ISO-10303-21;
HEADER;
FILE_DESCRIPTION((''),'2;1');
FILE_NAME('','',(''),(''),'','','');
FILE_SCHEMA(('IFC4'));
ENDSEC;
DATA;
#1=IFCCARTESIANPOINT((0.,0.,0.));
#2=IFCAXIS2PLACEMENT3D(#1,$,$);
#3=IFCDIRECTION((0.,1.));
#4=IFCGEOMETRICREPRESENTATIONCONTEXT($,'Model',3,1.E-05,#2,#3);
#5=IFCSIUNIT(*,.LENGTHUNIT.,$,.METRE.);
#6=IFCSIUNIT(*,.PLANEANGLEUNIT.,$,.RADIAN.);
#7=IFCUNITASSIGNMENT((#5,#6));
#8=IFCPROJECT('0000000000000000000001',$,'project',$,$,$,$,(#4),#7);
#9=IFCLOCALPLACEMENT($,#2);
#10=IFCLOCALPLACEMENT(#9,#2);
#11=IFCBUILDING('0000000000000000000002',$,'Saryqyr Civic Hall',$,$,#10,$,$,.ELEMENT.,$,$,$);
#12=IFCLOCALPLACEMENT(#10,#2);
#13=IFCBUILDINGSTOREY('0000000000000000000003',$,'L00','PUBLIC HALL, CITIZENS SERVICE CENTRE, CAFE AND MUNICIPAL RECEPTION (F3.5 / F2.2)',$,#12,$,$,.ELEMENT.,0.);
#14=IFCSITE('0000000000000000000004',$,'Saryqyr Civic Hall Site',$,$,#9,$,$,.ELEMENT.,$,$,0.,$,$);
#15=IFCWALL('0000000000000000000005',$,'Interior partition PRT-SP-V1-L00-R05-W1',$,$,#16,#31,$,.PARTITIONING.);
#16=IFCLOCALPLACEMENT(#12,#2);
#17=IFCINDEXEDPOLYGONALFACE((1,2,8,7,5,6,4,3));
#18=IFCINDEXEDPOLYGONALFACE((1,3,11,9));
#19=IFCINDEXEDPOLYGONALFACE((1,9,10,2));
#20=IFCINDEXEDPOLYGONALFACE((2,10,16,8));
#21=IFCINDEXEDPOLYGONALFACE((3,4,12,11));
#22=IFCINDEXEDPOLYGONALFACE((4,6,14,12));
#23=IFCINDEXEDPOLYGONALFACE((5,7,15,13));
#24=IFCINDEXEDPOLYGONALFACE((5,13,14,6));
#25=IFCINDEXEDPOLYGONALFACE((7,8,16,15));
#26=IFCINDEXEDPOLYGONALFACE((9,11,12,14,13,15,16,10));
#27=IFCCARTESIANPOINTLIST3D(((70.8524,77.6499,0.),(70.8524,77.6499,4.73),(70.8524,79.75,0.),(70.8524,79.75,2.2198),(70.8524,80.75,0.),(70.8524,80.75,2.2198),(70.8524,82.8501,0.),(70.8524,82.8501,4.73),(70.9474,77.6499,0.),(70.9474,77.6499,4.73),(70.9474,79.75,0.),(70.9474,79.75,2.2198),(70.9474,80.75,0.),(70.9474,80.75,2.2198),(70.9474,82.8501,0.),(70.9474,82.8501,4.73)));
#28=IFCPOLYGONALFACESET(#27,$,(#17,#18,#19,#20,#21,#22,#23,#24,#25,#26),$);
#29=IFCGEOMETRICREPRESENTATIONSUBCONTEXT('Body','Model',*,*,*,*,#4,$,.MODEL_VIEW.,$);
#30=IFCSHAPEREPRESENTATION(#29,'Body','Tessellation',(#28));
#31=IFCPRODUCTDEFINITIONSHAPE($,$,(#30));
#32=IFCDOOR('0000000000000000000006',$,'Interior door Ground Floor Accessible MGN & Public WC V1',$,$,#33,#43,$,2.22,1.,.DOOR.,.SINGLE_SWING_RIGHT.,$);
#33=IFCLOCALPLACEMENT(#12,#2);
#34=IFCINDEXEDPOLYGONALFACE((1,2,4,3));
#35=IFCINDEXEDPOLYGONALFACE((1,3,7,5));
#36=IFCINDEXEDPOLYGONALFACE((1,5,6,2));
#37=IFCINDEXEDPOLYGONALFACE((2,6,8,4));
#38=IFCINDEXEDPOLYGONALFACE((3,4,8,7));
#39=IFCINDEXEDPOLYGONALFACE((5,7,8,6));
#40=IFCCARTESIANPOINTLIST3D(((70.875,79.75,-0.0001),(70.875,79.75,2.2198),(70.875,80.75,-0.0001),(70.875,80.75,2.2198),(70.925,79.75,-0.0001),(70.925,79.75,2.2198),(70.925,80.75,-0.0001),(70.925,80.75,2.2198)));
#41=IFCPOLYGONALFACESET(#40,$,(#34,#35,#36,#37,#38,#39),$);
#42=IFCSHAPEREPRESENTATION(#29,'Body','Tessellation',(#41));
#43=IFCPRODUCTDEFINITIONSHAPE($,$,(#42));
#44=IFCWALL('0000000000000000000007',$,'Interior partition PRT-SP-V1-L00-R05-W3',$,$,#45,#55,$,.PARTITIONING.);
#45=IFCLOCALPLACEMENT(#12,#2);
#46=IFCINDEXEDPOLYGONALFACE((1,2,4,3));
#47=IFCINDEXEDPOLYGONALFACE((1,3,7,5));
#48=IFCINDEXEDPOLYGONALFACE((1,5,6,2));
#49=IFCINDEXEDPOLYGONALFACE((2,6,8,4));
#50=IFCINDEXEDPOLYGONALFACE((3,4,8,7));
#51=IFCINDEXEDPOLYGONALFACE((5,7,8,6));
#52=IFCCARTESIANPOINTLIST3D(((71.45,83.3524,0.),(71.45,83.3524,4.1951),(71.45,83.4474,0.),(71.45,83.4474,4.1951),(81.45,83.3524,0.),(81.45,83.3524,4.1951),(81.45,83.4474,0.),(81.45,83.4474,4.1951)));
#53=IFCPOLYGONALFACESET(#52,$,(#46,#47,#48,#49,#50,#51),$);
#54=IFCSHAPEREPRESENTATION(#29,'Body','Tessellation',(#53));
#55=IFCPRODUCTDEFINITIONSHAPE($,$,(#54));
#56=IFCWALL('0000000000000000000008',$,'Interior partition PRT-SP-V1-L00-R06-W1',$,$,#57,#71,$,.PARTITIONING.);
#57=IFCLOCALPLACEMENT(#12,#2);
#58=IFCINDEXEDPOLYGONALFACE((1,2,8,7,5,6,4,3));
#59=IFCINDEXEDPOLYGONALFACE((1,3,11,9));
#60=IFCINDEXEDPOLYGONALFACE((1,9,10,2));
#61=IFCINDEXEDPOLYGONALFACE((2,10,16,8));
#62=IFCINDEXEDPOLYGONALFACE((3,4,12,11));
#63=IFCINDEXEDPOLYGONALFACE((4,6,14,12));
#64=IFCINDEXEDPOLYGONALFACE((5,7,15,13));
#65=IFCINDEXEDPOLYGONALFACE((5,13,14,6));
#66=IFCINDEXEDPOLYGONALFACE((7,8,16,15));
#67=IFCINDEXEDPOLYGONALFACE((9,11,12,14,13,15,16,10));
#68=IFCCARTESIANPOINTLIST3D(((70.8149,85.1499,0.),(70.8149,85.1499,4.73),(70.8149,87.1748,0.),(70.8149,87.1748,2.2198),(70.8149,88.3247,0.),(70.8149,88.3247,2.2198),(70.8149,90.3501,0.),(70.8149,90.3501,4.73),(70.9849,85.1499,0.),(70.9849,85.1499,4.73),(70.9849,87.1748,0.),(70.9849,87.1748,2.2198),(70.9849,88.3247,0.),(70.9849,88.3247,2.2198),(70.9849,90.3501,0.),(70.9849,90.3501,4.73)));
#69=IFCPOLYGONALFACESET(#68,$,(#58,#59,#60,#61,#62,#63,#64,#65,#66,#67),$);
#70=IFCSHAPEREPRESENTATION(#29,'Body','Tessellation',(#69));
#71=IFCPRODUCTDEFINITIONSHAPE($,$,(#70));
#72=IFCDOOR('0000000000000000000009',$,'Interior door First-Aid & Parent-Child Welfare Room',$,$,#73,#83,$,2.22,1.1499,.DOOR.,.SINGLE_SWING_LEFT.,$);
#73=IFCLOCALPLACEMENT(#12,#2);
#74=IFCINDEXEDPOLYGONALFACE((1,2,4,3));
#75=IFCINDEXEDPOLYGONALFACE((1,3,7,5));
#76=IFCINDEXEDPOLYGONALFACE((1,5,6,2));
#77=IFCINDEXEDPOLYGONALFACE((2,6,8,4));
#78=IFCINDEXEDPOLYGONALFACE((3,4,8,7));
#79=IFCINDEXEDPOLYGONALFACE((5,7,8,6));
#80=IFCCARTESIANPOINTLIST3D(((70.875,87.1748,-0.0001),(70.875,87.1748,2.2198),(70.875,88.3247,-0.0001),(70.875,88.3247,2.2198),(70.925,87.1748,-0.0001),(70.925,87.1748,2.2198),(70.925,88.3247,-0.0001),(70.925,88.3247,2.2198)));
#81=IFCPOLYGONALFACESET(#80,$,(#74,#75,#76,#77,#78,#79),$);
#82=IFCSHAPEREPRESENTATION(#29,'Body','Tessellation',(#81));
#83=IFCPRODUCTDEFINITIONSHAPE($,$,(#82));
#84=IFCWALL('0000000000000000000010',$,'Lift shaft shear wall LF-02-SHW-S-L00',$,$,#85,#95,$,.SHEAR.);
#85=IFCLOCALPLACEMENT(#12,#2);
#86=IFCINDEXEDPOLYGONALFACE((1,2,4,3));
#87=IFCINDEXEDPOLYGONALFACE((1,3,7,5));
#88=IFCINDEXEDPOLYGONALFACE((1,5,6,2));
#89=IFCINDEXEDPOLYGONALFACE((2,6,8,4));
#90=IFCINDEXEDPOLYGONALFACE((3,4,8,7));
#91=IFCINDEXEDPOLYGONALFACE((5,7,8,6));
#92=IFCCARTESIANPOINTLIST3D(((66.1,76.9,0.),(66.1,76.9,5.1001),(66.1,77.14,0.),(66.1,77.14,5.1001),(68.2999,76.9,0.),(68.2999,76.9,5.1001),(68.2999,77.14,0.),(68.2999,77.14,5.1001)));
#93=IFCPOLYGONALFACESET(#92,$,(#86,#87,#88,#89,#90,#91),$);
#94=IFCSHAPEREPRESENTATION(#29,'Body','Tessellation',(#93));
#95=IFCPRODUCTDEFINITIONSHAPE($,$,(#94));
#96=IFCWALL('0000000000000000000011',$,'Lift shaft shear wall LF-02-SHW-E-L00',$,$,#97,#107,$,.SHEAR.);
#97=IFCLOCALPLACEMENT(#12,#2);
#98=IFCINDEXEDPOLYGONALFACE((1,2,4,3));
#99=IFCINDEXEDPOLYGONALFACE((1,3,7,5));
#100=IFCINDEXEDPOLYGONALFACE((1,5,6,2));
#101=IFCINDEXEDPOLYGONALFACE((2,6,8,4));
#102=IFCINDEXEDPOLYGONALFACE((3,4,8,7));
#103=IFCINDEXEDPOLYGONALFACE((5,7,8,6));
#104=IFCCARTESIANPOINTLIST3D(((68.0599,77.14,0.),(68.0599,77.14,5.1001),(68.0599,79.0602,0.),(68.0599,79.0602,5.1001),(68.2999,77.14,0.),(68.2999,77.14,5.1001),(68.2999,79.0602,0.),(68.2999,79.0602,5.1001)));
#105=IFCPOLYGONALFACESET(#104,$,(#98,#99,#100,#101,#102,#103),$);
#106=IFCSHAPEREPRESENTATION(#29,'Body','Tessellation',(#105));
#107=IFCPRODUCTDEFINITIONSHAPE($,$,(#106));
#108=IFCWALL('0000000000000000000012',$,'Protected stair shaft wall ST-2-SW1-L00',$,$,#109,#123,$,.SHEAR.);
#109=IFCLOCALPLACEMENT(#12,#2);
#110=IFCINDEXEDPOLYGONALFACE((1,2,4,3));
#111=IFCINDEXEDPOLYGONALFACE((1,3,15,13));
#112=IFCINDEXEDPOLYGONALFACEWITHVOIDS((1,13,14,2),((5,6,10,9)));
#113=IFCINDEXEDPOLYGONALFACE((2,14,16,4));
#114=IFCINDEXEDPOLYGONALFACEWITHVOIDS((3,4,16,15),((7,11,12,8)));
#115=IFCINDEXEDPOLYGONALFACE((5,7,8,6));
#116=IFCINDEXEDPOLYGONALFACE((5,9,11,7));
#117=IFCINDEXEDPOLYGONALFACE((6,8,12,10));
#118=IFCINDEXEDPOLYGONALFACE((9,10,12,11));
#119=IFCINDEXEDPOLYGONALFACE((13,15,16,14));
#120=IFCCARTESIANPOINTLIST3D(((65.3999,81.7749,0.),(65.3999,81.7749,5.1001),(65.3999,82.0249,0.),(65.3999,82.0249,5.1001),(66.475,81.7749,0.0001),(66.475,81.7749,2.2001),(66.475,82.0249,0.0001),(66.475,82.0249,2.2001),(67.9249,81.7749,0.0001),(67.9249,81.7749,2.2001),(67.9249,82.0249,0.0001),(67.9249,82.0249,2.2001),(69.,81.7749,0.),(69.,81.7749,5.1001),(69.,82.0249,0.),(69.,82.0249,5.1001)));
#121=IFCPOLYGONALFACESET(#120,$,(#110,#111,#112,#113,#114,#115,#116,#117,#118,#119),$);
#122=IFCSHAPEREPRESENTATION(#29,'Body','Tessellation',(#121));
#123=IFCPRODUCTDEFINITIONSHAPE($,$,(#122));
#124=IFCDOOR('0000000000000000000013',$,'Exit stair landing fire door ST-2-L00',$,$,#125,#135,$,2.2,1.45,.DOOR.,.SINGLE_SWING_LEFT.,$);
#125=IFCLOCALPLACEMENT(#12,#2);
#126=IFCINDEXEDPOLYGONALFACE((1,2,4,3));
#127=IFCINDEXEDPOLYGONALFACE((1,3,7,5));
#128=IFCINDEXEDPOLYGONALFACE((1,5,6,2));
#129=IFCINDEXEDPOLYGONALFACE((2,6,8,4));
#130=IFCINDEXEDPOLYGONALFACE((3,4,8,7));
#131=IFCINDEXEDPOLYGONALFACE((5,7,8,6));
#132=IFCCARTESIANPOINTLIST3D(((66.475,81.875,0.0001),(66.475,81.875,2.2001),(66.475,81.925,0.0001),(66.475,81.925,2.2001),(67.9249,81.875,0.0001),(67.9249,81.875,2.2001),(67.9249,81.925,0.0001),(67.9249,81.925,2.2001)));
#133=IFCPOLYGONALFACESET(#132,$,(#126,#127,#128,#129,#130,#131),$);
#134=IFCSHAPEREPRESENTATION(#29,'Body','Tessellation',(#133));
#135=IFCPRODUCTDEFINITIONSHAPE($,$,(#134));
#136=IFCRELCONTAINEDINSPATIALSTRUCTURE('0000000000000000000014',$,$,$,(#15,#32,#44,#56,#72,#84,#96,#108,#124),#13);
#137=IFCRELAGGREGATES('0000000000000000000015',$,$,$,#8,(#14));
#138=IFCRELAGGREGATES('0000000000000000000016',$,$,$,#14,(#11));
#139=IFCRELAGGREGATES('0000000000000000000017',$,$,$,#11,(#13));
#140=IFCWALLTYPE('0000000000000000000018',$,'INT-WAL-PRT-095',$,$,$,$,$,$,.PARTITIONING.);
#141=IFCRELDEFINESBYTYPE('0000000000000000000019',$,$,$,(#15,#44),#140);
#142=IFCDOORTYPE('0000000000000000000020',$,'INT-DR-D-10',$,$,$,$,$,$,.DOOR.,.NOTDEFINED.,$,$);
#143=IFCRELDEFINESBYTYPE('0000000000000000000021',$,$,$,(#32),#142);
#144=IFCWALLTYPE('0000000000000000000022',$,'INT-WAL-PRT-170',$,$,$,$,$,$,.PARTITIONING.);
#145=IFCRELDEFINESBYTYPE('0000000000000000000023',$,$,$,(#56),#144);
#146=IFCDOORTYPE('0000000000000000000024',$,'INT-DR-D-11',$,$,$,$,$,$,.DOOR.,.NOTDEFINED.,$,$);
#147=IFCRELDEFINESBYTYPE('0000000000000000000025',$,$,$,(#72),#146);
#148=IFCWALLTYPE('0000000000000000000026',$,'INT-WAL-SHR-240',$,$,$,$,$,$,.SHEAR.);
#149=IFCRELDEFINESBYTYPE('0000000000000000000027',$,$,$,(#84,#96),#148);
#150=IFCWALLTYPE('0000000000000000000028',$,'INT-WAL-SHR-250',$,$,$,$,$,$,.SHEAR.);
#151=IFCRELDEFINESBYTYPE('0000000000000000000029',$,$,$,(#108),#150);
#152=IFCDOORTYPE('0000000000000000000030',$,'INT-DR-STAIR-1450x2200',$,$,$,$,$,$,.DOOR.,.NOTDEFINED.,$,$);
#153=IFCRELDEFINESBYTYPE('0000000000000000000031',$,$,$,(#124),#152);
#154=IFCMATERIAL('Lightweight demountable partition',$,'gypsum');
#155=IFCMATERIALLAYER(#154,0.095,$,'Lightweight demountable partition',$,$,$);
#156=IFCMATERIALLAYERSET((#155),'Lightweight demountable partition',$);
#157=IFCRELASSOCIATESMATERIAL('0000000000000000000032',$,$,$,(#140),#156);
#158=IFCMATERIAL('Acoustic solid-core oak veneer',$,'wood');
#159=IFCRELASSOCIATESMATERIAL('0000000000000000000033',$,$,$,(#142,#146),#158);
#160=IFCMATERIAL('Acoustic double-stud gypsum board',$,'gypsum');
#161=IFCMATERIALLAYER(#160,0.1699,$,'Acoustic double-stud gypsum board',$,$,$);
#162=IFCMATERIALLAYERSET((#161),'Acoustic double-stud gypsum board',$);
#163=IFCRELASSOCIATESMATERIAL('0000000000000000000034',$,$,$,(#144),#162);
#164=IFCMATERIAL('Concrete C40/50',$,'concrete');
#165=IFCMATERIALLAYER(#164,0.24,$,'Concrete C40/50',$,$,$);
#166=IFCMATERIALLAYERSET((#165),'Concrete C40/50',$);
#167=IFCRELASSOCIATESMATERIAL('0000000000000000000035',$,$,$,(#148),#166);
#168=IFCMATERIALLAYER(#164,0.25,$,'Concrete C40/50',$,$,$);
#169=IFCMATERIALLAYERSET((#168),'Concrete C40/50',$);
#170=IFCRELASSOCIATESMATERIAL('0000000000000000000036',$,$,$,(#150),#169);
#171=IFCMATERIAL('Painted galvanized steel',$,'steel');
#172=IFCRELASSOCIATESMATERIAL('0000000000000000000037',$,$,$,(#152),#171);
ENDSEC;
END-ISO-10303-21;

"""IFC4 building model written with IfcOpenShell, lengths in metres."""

from ifc_helpers import new_model, si_unit, direction, frame, frame_2d, origin, place, context, subcontext, project, spatial, rectangle, extrude, material, layer, layer_set, type_object, element, fill, save


model = new_model("IFC4")

# Units and contexts
model_context = context("Model", 3, precision=1e-05, world=origin(), true_north=direction((0.0, 1.0)))
body_context = subcontext(model_context, "Body", "Model", "MODEL_VIEW")
ifc_project = project(units=[si_unit("LENGTHUNIT", "METRE"), si_unit("PLANEANGLEUNIT", "RADIAN")], contexts=[model_context])

# Site, building, storey
site_placement = place(None, origin())
site = spatial("IfcSite", under=ifc_project, at=site_placement, Name="Saryqyr Civic Hall Site", CompositionType="ELEMENT", RefElevation=0.0)
building_placement = place(site_placement, origin())
building = spatial("IfcBuilding", under=site, at=building_placement, Name="Saryqyr Civic Hall", CompositionType="ELEMENT")
storey_placement = place(building_placement, origin())
storey = spatial("IfcBuildingStorey", under=building, at=storey_placement, Name="L00", Description="PUBLIC HALL, CITIZENS SERVICE CENTRE, CAFE AND MUNICIPAL RECEPTION (F3.5 / F2.2)", CompositionType="ELEMENT", Elevation=0.0)

# Shared definitions
ifc_material_1 = material(Name="Concrete C40/50", Category="concrete")

# Wall, opening, door
ifc_material_2 = material(Name="Lightweight demountable partition", Category="gypsum")
ifc_layer_1 = layer(ifc_material_2, 0.095, Name="Lightweight demountable partition")
ifc_layer_set_1 = layer_set([ifc_layer_1], Name="Lightweight demountable partition")
wall_type_1 = type_object("IfcWallType", Name="INT-WAL-PRT-095", PredefinedType="PARTITIONING", material=ifc_layer_set_1)
wall_1_placement = place(storey_placement, frame((70.8999, 77.6499, 0.0), z_axis=(0.0, 0.0, 1.0), x_axis=(0.0, 1.0, 0.0)))
wall_1 = element("IfcWall", 1, at=wall_1_placement, inside=storey, type_object=wall_type_1, Name="Interior partition PRT-SP-V1-L00-R05-W1", PredefinedType="PARTITIONING", context=body_context, shape_type="SweptSolid", body=[
    extrude(rectangle(XDim=5.2002, YDim=0.095, at=frame_2d((2.6001, 0.0))), origin(), (0.0, 0.0, 1.0), 4.73),
])
opening_1_placement = place(wall_1_placement, frame((2.1001, 0.0, 0.0)))
opening_1 = element("IfcOpeningElement", 2, at=opening_1_placement, cuts=wall_1, PredefinedType="OPENING", context=body_context, shape_type="SweptSolid", body=[
    extrude(rectangle(XDim=1.0, YDim=2.22, at=frame_2d((0.5, 1.1099))), frame((0.0, 0.0574, 0.0), z_axis=(0.0, -1.0, 0.0), x_axis=(1.0, 0.0, 0.0)), (0.0, 0.0, 1.0), 0.115),
])
ifc_material_3 = material(Name="Acoustic solid-core oak veneer", Category="wood")
door_type_1 = type_object("IfcDoorType", Name="INT-DR-D-10", OperationType="NOTDEFINED", PredefinedType="DOOR", material=ifc_material_3)
door_1_placement = place(opening_1_placement, origin())
door_1 = element("IfcDoor", 3, at=door_1_placement, inside=storey, type_object=door_type_1, Name="Interior door Ground Floor Accessible MGN & Public WC V1", OperationType="SINGLE_SWING_RIGHT", OverallHeight=2.22, OverallWidth=1.0, PredefinedType="DOOR", context=body_context, shape_type="SweptSolid", body=[
    extrude(rectangle(XDim=1.0, YDim=2.22, at=frame_2d((0.5, 1.1099))), frame((0.0, 0.0249, 0.0), z_axis=(0.0, -1.0, 0.0), x_axis=(1.0, 0.0, 0.0)), (0.0, 0.0, 1.0), 0.05),
])
fill(opening_1, door_1)

# Wall
wall_2_placement = place(storey_placement, frame((71.45, 83.3999, 0.0), z_axis=(0.0, 0.0, 1.0), x_axis=(1.0, 0.0, 0.0)))
element("IfcWall", 4, at=wall_2_placement, inside=storey, type_object=wall_type_1, Name="Interior partition PRT-SP-V1-L00-R05-W3", PredefinedType="PARTITIONING", context=body_context, shape_type="SweptSolid", body=[
    extrude(rectangle(XDim=10.0, YDim=0.095, at=frame_2d((5.0, 0.0))), origin(), (0.0, 0.0, 1.0), 4.1951),
])

# Wall, opening, door
ifc_material_4 = material(Name="Acoustic double-stud gypsum board", Category="gypsum")
ifc_layer_2 = layer(ifc_material_4, 0.1699, Name="Acoustic double-stud gypsum board")
ifc_layer_set_2 = layer_set([ifc_layer_2], Name="Acoustic double-stud gypsum board")
wall_type_2 = type_object("IfcWallType", Name="INT-WAL-PRT-170", PredefinedType="PARTITIONING", material=ifc_layer_set_2)
wall_3_placement = place(storey_placement, frame((70.8999, 85.1499, 0.0), z_axis=(0.0, 0.0, 1.0), x_axis=(0.0, 1.0, 0.0)))
wall_3 = element("IfcWall", 5, at=wall_3_placement, inside=storey, type_object=wall_type_2, Name="Interior partition PRT-SP-V1-L00-R06-W1", PredefinedType="PARTITIONING", context=body_context, shape_type="SweptSolid", body=[
    extrude(rectangle(XDim=5.2002, YDim=0.1699, at=frame_2d((2.6001, 0.0))), origin(), (0.0, 0.0, 1.0), 4.73),
])
opening_2_placement = place(wall_3_placement, frame((2.0249, 0.0, 0.0)))
opening_2 = element("IfcOpeningElement", 6, at=opening_2_placement, cuts=wall_3, PredefinedType="OPENING", context=body_context, shape_type="SweptSolid", body=[
    extrude(rectangle(XDim=1.1499, YDim=2.22, at=frame_2d((0.575, 1.1099))), frame((0.0, 0.095, 0.0), z_axis=(0.0, -1.0, 0.0), x_axis=(1.0, 0.0, 0.0)), (0.0, 0.0, 1.0), 0.1899),
])
door_type_2 = type_object("IfcDoorType", Name="INT-DR-D-11", OperationType="NOTDEFINED", PredefinedType="DOOR", material=ifc_material_3)
door_2_placement = place(opening_2_placement, origin())
door_2 = element("IfcDoor", 7, at=door_2_placement, inside=storey, type_object=door_type_2, Name="Interior door First-Aid & Parent-Child Welfare Room", OperationType="SINGLE_SWING_LEFT", OverallHeight=2.22, OverallWidth=1.1499, PredefinedType="DOOR", context=body_context, shape_type="SweptSolid", body=[
    extrude(rectangle(XDim=1.1499, YDim=2.22, at=frame_2d((0.575, 1.1099))), frame((0.0, 0.0249, 0.0), z_axis=(0.0, -1.0, 0.0), x_axis=(1.0, 0.0, 0.0)), (0.0, 0.0, 1.0), 0.05),
])
fill(opening_2, door_2)

# Walls
ifc_layer_3 = layer(ifc_material_1, 0.24, Name="Concrete C40/50")
ifc_layer_set_3 = layer_set([ifc_layer_3], Name="Concrete C40/50")
wall_type_3 = type_object("IfcWallType", Name="INT-WAL-SHR-240", PredefinedType="SHEAR", material=ifc_layer_set_3)
wall_4_placement = place(storey_placement, frame((68.3, 77.02, 0.0), z_axis=(0.0, 0.0, 1.0), x_axis=(-1.0, 0.0, 0.0)))
element("IfcWall", 8, at=wall_4_placement, inside=storey, type_object=wall_type_3, Name="Lift shaft shear wall LF-02-SHW-S-L00", PredefinedType="SHEAR", context=body_context, shape_type="SweptSolid", body=[
    extrude(rectangle(XDim=2.2, YDim=0.24, at=frame_2d((1.1001, 0.0))), origin(), (0.0, 0.0, 1.0), 5.1001),
])
wall_5_placement = place(storey_placement, frame((68.1799, 79.0601, 0.0), z_axis=(0.0, 0.0, 1.0), x_axis=(0.0, -1.0, 0.0)))
element("IfcWall", 9, at=wall_5_placement, inside=storey, type_object=wall_type_3, Name="Lift shaft shear wall LF-02-SHW-E-L00", PredefinedType="SHEAR", context=body_context, shape_type="SweptSolid", body=[
    extrude(rectangle(XDim=1.9202, YDim=0.24, at=frame_2d((0.96, 0.0))), origin(), (0.0, 0.0, 1.0), 5.1001),
])

# Wall, opening, door
ifc_layer_4 = layer(ifc_material_1, 0.25, Name="Concrete C40/50")
ifc_layer_set_4 = layer_set([ifc_layer_4], Name="Concrete C40/50")
wall_type_4 = type_object("IfcWallType", Name="INT-WAL-SHR-250", PredefinedType="SHEAR", material=ifc_layer_set_4)
wall_6_placement = place(storey_placement, frame((69.0, 81.8999, 0.0), z_axis=(0.0, 0.0, 1.0), x_axis=(-1.0, 0.0, 0.0)))
wall_6 = element("IfcWall", 10, at=wall_6_placement, inside=storey, type_object=wall_type_4, Name="Protected stair shaft wall ST-2-SW1-L00", PredefinedType="SHEAR", context=body_context, shape_type="SweptSolid", body=[
    extrude(rectangle(XDim=3.6001, YDim=0.25, at=frame_2d((1.8, 0.0))), origin(), (0.0, 0.0, 1.0), 5.1001),
])
opening_3_placement = place(wall_6_placement, frame((1.075, 0.0, 0.0)))
opening_3 = element("IfcOpeningElement", 11, at=opening_3_placement, cuts=wall_6, PredefinedType="OPENING", context=body_context, shape_type="SweptSolid", body=[
    extrude(rectangle(XDim=1.45, YDim=2.2, at=frame_2d((0.7251, 1.1001))), frame((0.0, 0.135, 0.0), z_axis=(0.0, -1.0, 0.0), x_axis=(1.0, 0.0, 0.0)), (0.0, 0.0, 1.0), 0.27),
])
ifc_material_5 = material(Name="Painted galvanized steel", Category="steel")
door_type_3 = type_object("IfcDoorType", Name="INT-DR-STAIR-1450x2200", OperationType="NOTDEFINED", PredefinedType="DOOR", material=ifc_material_5)
door_3_placement = place(opening_3_placement, origin())
door_3 = element("IfcDoor", 12, at=door_3_placement, inside=storey, type_object=door_type_3, Name="Exit stair landing fire door ST-2-L00", OperationType="SINGLE_SWING_LEFT", OverallHeight=2.2, OverallWidth=1.45, PredefinedType="DOOR", context=body_context, shape_type="SweptSolid", body=[
    extrude(rectangle(XDim=1.45, YDim=2.2, at=frame_2d((0.7251, 1.1001))), frame((0.0, 0.0249, 0.0), z_axis=(0.0, -1.0, 0.0), x_axis=(1.0, 0.0, 0.0)), (0.0, 0.0, 1.0), 0.05),
])
fill(opening_3, door_3)

save(model, "model.ifc")
